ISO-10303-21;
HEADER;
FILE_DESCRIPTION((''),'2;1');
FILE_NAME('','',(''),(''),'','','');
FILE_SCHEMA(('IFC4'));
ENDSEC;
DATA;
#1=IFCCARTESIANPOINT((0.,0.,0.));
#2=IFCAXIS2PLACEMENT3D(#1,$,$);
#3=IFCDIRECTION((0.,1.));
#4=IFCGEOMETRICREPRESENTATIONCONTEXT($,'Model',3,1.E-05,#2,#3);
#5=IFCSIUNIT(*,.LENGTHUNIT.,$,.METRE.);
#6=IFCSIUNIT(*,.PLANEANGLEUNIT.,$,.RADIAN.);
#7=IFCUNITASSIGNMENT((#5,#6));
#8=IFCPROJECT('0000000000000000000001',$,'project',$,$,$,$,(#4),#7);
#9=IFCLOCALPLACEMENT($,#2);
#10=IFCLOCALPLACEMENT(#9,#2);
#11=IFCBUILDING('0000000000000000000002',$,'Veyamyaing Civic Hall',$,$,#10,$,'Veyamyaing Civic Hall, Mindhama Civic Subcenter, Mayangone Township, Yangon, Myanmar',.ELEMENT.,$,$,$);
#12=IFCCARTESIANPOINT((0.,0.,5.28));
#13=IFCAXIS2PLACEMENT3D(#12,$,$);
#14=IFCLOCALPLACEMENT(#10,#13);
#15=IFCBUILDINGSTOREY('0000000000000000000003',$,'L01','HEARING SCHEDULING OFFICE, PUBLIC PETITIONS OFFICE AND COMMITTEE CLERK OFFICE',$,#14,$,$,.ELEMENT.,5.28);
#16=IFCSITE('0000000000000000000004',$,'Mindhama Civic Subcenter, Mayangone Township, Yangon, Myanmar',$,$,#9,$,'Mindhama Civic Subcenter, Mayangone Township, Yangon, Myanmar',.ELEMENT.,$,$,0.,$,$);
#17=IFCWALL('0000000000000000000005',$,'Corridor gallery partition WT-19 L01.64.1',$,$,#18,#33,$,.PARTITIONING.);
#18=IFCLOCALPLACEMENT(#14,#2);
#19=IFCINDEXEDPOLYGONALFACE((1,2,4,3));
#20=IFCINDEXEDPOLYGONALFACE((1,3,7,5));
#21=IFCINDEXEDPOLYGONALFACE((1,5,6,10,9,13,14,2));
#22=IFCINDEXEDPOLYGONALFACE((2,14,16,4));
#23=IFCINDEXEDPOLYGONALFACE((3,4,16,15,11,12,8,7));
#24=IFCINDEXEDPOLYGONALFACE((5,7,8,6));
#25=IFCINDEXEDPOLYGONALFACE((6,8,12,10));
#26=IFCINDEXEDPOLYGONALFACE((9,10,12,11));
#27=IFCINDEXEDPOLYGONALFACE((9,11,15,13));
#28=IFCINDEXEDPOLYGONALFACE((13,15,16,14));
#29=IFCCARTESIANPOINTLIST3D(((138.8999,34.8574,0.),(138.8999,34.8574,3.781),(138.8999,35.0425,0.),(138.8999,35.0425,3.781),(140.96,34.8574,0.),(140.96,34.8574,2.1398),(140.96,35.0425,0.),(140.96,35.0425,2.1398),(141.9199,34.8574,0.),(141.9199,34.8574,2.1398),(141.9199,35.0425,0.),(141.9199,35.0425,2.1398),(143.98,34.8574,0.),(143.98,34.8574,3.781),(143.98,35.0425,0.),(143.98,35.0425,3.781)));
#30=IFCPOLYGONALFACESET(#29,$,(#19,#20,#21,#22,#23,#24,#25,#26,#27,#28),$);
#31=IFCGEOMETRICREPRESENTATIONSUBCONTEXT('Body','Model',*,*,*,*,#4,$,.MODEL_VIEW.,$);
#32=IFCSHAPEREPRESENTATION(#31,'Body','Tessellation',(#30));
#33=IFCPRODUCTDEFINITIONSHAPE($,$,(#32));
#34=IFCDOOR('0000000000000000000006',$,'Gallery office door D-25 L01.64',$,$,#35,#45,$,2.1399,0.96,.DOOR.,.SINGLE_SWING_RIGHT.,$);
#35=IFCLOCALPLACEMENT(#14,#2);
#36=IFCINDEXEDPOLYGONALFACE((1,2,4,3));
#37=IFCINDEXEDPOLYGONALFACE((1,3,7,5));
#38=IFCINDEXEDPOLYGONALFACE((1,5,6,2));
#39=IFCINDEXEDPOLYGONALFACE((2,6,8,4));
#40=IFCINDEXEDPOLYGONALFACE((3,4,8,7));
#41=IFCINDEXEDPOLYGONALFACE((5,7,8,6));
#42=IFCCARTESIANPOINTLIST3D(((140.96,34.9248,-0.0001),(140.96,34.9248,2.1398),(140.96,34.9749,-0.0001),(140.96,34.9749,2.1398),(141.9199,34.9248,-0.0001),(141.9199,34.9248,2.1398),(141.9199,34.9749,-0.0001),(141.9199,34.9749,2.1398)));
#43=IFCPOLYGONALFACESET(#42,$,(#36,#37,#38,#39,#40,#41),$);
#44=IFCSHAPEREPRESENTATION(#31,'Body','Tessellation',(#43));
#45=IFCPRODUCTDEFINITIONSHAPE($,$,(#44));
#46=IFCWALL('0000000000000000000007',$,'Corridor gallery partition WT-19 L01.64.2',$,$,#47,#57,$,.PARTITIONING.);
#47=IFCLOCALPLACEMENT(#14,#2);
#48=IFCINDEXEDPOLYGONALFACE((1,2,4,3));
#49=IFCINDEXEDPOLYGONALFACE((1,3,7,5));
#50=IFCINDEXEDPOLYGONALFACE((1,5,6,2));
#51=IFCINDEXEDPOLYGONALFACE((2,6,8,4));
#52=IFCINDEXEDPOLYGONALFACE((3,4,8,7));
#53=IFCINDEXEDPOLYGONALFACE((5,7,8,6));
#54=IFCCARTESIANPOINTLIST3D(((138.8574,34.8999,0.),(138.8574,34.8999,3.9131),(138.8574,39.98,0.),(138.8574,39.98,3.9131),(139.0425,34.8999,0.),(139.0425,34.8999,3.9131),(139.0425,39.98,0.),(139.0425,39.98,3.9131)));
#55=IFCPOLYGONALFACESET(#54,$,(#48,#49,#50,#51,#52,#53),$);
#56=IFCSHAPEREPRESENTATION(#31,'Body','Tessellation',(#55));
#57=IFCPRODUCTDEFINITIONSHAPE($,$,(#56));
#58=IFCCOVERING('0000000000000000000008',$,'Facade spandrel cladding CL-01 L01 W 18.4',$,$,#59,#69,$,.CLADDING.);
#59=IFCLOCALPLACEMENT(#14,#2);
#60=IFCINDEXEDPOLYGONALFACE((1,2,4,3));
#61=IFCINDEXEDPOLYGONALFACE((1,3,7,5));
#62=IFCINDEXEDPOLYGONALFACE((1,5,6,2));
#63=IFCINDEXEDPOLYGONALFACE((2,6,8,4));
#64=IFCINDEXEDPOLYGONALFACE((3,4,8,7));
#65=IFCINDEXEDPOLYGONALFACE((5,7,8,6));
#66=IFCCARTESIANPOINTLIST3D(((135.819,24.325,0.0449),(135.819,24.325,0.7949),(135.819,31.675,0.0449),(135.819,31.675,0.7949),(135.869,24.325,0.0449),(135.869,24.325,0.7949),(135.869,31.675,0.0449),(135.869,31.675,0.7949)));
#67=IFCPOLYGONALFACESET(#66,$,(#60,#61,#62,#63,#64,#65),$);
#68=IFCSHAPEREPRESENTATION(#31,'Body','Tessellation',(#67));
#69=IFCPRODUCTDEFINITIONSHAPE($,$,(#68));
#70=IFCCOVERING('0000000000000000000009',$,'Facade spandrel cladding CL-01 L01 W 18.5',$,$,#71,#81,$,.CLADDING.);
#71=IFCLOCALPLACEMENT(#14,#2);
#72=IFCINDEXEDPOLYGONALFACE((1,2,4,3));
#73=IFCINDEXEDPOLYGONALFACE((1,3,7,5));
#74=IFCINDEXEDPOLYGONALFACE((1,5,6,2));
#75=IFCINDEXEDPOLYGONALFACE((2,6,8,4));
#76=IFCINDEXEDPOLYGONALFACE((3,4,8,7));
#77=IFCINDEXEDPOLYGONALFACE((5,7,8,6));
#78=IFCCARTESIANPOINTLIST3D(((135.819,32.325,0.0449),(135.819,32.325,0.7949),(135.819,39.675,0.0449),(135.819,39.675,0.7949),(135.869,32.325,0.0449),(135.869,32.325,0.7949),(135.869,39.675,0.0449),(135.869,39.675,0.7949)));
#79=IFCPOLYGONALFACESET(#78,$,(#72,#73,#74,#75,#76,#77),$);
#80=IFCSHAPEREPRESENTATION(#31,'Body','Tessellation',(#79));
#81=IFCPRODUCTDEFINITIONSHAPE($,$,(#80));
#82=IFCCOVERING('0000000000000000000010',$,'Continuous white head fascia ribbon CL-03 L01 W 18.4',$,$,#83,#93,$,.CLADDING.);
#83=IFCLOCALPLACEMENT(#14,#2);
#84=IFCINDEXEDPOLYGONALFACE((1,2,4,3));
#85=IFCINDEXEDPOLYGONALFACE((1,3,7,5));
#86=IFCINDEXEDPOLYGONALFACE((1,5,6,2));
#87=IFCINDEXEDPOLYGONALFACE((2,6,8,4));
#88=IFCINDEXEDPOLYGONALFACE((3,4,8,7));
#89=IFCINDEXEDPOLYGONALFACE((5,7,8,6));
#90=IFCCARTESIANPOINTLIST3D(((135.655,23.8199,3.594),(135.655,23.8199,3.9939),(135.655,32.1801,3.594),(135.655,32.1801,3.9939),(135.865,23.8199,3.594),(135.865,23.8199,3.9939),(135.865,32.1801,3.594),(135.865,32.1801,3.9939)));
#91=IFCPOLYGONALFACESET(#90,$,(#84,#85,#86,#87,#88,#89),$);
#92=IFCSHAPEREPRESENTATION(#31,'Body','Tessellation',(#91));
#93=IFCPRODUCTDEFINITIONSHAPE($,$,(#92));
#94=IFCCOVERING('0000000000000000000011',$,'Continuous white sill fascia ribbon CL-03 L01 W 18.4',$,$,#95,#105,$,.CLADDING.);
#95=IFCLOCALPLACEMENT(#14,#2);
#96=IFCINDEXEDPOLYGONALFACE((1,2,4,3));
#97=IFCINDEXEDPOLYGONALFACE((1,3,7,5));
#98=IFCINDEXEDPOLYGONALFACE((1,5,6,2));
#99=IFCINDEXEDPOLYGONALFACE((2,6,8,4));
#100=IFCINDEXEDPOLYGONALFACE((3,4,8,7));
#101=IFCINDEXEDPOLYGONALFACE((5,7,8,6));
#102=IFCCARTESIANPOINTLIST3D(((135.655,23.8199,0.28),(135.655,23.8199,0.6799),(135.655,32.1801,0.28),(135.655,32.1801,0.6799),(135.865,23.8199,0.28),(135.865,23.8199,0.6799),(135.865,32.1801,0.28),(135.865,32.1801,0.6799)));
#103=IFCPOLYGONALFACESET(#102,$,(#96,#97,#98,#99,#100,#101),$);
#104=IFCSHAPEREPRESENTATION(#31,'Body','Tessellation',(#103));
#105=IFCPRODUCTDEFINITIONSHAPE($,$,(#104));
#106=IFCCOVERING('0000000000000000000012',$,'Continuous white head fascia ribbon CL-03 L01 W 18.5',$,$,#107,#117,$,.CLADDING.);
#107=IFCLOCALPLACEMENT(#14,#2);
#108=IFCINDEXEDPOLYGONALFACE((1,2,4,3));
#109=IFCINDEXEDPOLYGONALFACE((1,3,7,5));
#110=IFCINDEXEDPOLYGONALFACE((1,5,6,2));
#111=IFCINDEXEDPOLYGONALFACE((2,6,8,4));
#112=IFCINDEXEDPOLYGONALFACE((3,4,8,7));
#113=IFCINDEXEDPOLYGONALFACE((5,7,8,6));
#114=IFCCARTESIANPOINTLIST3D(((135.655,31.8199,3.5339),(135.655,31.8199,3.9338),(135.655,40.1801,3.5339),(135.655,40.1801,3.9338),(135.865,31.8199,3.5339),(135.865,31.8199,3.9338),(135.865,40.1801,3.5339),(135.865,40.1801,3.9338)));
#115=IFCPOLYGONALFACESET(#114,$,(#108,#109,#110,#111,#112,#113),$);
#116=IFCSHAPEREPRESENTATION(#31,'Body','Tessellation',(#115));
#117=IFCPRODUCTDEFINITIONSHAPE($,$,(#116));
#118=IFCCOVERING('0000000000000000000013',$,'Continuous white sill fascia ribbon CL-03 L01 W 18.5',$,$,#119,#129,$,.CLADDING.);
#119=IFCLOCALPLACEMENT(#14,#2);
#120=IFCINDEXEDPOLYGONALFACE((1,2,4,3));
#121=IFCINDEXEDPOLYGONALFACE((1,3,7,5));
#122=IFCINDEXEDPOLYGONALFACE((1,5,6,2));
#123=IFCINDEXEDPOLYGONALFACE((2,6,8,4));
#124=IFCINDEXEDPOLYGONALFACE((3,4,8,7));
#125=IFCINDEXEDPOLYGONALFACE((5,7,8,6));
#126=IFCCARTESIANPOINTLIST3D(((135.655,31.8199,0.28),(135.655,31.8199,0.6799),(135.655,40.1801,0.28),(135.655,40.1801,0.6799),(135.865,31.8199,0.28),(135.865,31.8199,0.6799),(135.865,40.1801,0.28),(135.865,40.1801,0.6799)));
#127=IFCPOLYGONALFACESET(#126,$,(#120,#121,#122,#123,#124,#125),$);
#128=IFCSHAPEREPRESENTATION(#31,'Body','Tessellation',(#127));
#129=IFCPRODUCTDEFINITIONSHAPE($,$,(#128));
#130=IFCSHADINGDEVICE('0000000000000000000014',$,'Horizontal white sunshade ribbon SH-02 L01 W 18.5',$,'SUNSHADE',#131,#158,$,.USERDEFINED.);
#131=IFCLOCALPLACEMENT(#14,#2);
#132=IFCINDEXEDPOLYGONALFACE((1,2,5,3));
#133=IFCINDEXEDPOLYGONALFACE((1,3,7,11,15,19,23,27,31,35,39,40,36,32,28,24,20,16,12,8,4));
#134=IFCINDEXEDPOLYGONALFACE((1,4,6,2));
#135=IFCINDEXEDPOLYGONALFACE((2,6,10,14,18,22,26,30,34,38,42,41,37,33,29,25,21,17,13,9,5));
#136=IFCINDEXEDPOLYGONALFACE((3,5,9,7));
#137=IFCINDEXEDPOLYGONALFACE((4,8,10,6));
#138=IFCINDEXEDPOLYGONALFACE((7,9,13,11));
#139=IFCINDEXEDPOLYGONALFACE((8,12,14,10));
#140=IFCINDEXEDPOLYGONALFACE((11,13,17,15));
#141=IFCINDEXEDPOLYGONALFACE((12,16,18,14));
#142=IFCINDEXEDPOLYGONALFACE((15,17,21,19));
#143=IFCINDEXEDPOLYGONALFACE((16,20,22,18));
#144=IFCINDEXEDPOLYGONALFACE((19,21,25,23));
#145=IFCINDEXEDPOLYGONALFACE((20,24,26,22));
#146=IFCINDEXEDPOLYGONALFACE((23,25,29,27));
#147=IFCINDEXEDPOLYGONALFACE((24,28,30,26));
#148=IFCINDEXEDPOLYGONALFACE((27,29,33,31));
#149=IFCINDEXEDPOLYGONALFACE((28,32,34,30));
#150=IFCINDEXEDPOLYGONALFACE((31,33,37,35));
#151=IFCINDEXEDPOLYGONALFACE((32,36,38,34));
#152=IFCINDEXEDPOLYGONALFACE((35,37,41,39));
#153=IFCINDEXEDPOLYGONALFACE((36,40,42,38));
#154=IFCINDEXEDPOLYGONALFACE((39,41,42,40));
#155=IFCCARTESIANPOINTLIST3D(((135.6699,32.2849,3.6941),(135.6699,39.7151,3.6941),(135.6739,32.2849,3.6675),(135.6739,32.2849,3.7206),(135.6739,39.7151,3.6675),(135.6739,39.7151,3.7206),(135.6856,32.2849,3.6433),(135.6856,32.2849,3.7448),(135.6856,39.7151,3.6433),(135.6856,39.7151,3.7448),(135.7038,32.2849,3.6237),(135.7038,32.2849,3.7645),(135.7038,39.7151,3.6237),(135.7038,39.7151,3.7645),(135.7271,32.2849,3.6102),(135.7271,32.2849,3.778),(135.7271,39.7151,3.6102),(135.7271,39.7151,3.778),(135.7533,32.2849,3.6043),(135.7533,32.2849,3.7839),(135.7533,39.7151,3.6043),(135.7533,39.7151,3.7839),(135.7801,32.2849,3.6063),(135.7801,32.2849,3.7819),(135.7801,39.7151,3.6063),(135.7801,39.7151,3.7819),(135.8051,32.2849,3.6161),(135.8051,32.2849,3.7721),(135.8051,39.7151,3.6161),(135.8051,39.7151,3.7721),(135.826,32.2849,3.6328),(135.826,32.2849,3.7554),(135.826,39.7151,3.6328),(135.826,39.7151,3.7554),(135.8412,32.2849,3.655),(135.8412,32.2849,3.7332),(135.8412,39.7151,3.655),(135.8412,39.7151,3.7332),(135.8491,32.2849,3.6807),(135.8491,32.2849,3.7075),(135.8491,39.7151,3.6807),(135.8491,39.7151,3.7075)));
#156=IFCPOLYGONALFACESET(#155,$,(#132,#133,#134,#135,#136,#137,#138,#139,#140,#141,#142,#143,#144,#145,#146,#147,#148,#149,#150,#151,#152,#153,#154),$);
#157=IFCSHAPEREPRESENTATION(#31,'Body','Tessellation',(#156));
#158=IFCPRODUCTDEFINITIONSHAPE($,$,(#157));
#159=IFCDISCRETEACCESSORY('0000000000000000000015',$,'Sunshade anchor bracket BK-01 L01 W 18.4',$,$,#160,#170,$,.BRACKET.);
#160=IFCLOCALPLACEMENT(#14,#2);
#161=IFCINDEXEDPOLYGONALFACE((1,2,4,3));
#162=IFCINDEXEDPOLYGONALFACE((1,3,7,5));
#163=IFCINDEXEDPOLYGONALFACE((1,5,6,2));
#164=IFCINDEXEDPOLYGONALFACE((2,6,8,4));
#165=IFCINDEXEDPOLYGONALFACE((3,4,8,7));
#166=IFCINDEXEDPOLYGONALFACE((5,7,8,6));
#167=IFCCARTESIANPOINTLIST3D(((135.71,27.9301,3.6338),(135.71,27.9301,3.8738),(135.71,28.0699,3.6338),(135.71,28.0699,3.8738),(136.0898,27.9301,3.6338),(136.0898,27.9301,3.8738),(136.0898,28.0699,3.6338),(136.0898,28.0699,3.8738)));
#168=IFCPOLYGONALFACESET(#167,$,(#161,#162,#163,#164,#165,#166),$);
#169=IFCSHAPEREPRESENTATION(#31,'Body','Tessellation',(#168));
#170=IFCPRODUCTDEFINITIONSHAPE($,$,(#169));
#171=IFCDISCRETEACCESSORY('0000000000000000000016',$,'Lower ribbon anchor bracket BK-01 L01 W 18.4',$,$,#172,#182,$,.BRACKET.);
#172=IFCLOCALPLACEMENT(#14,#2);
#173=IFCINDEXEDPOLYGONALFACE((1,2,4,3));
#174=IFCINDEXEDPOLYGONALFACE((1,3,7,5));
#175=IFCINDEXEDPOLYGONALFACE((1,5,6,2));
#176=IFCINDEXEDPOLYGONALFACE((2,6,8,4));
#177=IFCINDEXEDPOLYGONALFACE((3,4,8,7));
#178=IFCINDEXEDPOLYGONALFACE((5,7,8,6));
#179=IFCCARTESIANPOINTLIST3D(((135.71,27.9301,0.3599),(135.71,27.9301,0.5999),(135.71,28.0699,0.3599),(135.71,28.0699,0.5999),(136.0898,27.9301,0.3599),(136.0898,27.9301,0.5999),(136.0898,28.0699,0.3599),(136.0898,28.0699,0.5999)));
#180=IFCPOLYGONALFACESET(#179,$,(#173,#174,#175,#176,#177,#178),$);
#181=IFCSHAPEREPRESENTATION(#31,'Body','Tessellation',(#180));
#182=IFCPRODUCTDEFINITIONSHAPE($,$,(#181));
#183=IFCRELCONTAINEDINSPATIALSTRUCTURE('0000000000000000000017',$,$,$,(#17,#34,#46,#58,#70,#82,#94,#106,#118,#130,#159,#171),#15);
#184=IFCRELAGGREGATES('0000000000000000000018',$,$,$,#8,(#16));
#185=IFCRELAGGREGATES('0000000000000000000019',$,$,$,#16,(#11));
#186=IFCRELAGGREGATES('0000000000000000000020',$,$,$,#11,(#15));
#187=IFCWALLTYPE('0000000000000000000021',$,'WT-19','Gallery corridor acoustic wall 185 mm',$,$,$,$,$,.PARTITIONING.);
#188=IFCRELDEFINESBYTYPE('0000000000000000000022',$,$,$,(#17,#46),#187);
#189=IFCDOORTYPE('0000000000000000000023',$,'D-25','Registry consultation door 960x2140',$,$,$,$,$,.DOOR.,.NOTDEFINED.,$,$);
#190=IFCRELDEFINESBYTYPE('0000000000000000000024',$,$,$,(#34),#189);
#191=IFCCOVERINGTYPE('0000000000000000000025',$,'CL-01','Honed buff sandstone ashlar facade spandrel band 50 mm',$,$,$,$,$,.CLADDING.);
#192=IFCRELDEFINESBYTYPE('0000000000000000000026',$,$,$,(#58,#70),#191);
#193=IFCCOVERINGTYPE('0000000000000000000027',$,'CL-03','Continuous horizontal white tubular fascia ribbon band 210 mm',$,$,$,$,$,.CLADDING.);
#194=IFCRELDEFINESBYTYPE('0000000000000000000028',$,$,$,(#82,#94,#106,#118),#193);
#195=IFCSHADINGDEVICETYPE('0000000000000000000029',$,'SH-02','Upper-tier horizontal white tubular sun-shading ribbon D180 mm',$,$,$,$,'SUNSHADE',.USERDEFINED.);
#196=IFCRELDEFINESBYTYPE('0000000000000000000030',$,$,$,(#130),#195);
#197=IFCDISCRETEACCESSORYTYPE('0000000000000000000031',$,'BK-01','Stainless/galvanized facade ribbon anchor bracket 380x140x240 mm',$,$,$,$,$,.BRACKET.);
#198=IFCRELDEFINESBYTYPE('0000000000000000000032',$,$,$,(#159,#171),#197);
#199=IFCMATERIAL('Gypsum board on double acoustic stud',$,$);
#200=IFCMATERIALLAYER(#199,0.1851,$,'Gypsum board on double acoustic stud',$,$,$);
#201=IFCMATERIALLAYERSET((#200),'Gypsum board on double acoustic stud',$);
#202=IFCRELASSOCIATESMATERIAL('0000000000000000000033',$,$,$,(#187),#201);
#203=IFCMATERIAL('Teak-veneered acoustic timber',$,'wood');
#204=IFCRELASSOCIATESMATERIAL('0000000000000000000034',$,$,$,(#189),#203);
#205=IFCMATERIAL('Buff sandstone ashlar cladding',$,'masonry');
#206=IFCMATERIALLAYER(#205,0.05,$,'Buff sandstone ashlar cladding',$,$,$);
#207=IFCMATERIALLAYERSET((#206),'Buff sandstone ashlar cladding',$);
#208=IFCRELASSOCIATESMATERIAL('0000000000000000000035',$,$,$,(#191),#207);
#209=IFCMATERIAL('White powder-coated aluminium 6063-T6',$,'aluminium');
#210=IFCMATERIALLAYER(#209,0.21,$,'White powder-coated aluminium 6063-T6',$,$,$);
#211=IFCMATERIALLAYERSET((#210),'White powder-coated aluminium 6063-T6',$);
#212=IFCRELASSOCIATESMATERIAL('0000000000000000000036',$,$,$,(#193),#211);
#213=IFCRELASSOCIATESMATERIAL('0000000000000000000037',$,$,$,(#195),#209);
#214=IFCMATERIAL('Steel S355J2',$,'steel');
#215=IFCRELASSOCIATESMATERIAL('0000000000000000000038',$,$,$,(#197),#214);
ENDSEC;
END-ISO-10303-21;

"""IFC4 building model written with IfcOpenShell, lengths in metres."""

from ifc_helpers import new_model, si_unit, direction, frame, frame_2d, origin, origin_2d, place, context, subcontext, project, spatial, rectangle, circle, extrude, material, layer, layer_set, material_profile, profile_set, type_object, element, fill, save


model = new_model("IFC4")

# Units and contexts
model_context = context("Model", 3, precision=1e-05, world=origin(), true_north=direction((0.0, 1.0)))
body_context = subcontext(model_context, "Body", "Model", "MODEL_VIEW")
ifc_project = project(units=[si_unit("LENGTHUNIT", "METRE"), si_unit("PLANEANGLEUNIT", "RADIAN")], contexts=[model_context])

# Site, building, storey
site_placement = place(None, origin())
site = spatial("IfcSite", under=ifc_project, at=site_placement, Name="Mindhama Civic Subcenter, Mayangone Township, Yangon, Myanmar", LongName="Mindhama Civic Subcenter, Mayangone Township, Yangon, Myanmar", CompositionType="ELEMENT", RefElevation=0.0)
building_placement = place(site_placement, origin())
building = spatial("IfcBuilding", under=site, at=building_placement, Name="Veyamyaing Civic Hall", LongName="Veyamyaing Civic Hall, Mindhama Civic Subcenter, Mayangone Township, Yangon, Myanmar", CompositionType="ELEMENT")
storey_placement = place(building_placement, frame((0.0, 0.0, 5.28)))
storey = spatial("IfcBuildingStorey", under=building, at=storey_placement, Name="L01", Description="HEARING SCHEDULING OFFICE, PUBLIC PETITIONS OFFICE AND COMMITTEE CLERK OFFICE", CompositionType="ELEMENT", Elevation=5.28)

# Shared definitions
ifc_material_1 = material(Name="Teak-veneered acoustic timber", Category="wood")

# Wall, opening, door
ifc_material_2 = material(Name="Gypsum board on double acoustic stud")
ifc_layer_1 = layer(ifc_material_2, 0.1851, Name="Gypsum board on double acoustic stud")
ifc_layer_set_1 = layer_set([ifc_layer_1], Name="Gypsum board on double acoustic stud")
wall_type_1 = type_object("IfcWallType", Name="WT-19", Description="Gallery corridor acoustic wall 185 mm", PredefinedType="PARTITIONING", material=ifc_layer_set_1)
wall_1_placement = place(storey_placement, frame((138.8999, 34.95, 0.0), z_axis=(0.0, 0.0, 1.0), x_axis=(1.0, 0.0, 0.0)))
wall_1 = element("IfcWall", 1, at=wall_1_placement, inside=storey, type_object=wall_type_1, Name="Corridor gallery partition WT-19 L01.64.1", PredefinedType="PARTITIONING", context=body_context, shape_type="SweptSolid", body=[
    extrude(rectangle(XDim=5.0801, YDim=0.1851, at=frame_2d((2.54, 0.0))), origin(), (0.0, 0.0, 1.0), 3.781),
])
opening_1_placement = place(wall_1_placement, frame((2.0601, 0.0, 0.0)))
opening_1 = element("IfcOpeningElement", 2, at=opening_1_placement, cuts=wall_1, PredefinedType="OPENING", context=body_context, shape_type="SweptSolid", body=[
    extrude(rectangle(XDim=0.96, YDim=2.1399, at=frame_2d((0.48, 1.0698))), frame((0.0, 0.1025, 0.0), z_axis=(0.0, -1.0, 0.0), x_axis=(1.0, 0.0, 0.0)), (0.0, 0.0, 1.0), 0.2051),
])
door_type_1 = type_object("IfcDoorType", Name="D-25", Description="Registry consultation door 960x2140", OperationType="NOTDEFINED", PredefinedType="DOOR", material=ifc_material_1)
door_1_placement = place(opening_1_placement, origin())
door_1 = element("IfcDoor", 3, at=door_1_placement, inside=storey, type_object=door_type_1, Name="Gallery office door D-25 L01.64", OperationType="SINGLE_SWING_RIGHT", OverallHeight=2.1399, OverallWidth=0.96, PredefinedType="DOOR", context=body_context, shape_type="SweptSolid", body=[
    extrude(rectangle(XDim=0.96, YDim=2.1399, at=frame_2d((0.48, 1.0698))), frame((0.0, 0.0249, 0.0), z_axis=(0.0, -1.0, 0.0), x_axis=(1.0, 0.0, 0.0)), (0.0, 0.0, 1.0), 0.05),
])
fill(opening_1, door_1)

# Wall
wall_2_placement = place(storey_placement, frame((138.95, 34.8999, 0.0), z_axis=(0.0, 0.0, 1.0), x_axis=(0.0, 1.0, 0.0)))
element("IfcWall", 4, at=wall_2_placement, inside=storey, type_object=wall_type_1, Name="Corridor gallery partition WT-19 L01.64.2", PredefinedType="PARTITIONING", context=body_context, shape_type="SweptSolid", body=[
    extrude(rectangle(XDim=5.0801, YDim=0.1851, at=frame_2d((2.54, 0.0))), origin(), (0.0, 0.0, 1.0), 3.9131),
])

# Coverings
ifc_material_3 = material(Name="Buff sandstone ashlar cladding", Category="masonry")
ifc_layer_2 = layer(ifc_material_3, 0.05, Name="Buff sandstone ashlar cladding")
ifc_layer_set_2 = layer_set([ifc_layer_2], Name="Buff sandstone ashlar cladding")
covering_type_1 = type_object("IfcCoveringType", Name="CL-01", Description="Honed buff sandstone ashlar facade spandrel band 50 mm", PredefinedType="CLADDING", material=ifc_layer_set_2)
for number, where, z_axis, x_axis, name in (
    (5, (135.844, 28.0, 0.0449), (0.0, 0.0, 1.0), (0.0, 1.0, 0.0), "Facade spandrel cladding CL-01 L01 W 18.4"),
    (6, (135.844, 36.0, 0.0449), (0.0, 0.0, 1.0), (0.0, 1.0, 0.0), "Facade spandrel cladding CL-01 L01 W 18.5"),
):
    element("IfcCovering", number, at=place(storey_placement, frame(where, z_axis=z_axis, x_axis=x_axis)), inside=storey, type_object=covering_type_1, Name=name, PredefinedType="CLADDING", context=body_context, shape_type="SweptSolid", body=[
        extrude(rectangle(XDim=7.3501, YDim=0.05, at=origin_2d()), origin(), (0.0, 0.0, 1.0), 0.75),
    ])
ifc_material_4 = material(Name="White powder-coated aluminium 6063-T6", Category="aluminium")
ifc_layer_3 = layer(ifc_material_4, 0.21, Name="White powder-coated aluminium 6063-T6")
ifc_layer_set_3 = layer_set([ifc_layer_3], Name="White powder-coated aluminium 6063-T6")
covering_type_2 = type_object("IfcCoveringType", Name="CL-03", Description="Continuous horizontal white tubular fascia ribbon band 210 mm", PredefinedType="CLADDING", material=ifc_layer_set_3)
for number, where, z_axis, x_axis, name in (
    (7, (135.76, 28.0, 3.594), (0.0, 0.0, 1.0), (0.0, 1.0, 0.0), "Continuous white head fascia ribbon CL-03 L01 W 18.4"),
    (8, (135.76, 28.0, 0.28), (0.0, 0.0, 1.0), (0.0, 1.0, 0.0), "Continuous white sill fascia ribbon CL-03 L01 W 18.4"),
    (9, (135.76, 36.0, 3.5339), (0.0, 0.0, 1.0), (0.0, 1.0, 0.0), "Continuous white head fascia ribbon CL-03 L01 W 18.5"),
    (10, (135.76, 36.0, 0.28), (0.0, 0.0, 1.0), (0.0, 1.0, 0.0), "Continuous white sill fascia ribbon CL-03 L01 W 18.5"),
):
    element("IfcCovering", number, at=place(storey_placement, frame(where, z_axis=z_axis, x_axis=x_axis)), inside=storey, type_object=covering_type_2, Name=name, PredefinedType="CLADDING", context=body_context, shape_type="SweptSolid", body=[
        extrude(rectangle(XDim=8.3601, YDim=0.21, at=origin_2d()), origin(), (0.0, 0.0, 1.0), 0.3999),
    ])

# Shading device
ifc_material_profile_1 = material_profile(ifc_material_4, circle(Radius=0.0901, at=origin_2d()), Name="SHADE-TUBE-180")
ifc_profile_set_1 = profile_set([ifc_material_profile_1], Name="White powder-coated aluminium 6063-T6")
shading_device_type = type_object("IfcShadingDeviceType", Name="SH-02", Description="Upper-tier horizontal white tubular sun-shading ribbon D180 mm", ElementType="SUNSHADE", PredefinedType="USERDEFINED", material=ifc_profile_set_1)
shading_device_placement = place(storey_placement, frame((135.76, 32.2849, 3.6941), z_axis=(0.0, 1.0, 0.0), x_axis=(-1.0, 0.0, 0.0)))
element("IfcShadingDevice", 11, at=shading_device_placement, inside=storey, type_object=shading_device_type, Name="Horizontal white sunshade ribbon SH-02 L01 W 18.5", ObjectType="SUNSHADE", PredefinedType="USERDEFINED", context=body_context, shape_type="SweptSolid", body=[
    extrude(circle(Radius=0.0901, at=origin_2d()), origin(), (0.0, 0.0, 1.0), 7.4302),
])

# Discrete accessories
ifc_material_5 = material(Name="Steel S355J2", Category="steel")
discrete_accessory_type = type_object("IfcDiscreteAccessoryType", Name="BK-01", Description="Stainless/galvanized facade ribbon anchor bracket 380x140x240 mm", PredefinedType="BRACKET", material=ifc_material_5)
for number, where, z_axis, x_axis, name in (
    (12, (135.8999, 28.0, 3.6338), (0.0, 0.0, 1.0), (-1.0, 0.0, 0.0), "Sunshade anchor bracket BK-01 L01 W 18.4"),
    (13, (135.8999, 28.0, 0.3599), (0.0, 0.0, 1.0), (-1.0, 0.0, 0.0), "Lower ribbon anchor bracket BK-01 L01 W 18.4"),
):
    element("IfcDiscreteAccessory", number, at=place(storey_placement, frame(where, z_axis=z_axis, x_axis=x_axis)), inside=storey, type_object=discrete_accessory_type, Name=name, PredefinedType="BRACKET", context=body_context, shape_type="SweptSolid", body=[
        extrude(rectangle(XDim=0.3799, YDim=0.1399, at=origin_2d()), origin(), (0.0, 0.0, 1.0), 0.24),
    ])

save(model, "model.ifc")
